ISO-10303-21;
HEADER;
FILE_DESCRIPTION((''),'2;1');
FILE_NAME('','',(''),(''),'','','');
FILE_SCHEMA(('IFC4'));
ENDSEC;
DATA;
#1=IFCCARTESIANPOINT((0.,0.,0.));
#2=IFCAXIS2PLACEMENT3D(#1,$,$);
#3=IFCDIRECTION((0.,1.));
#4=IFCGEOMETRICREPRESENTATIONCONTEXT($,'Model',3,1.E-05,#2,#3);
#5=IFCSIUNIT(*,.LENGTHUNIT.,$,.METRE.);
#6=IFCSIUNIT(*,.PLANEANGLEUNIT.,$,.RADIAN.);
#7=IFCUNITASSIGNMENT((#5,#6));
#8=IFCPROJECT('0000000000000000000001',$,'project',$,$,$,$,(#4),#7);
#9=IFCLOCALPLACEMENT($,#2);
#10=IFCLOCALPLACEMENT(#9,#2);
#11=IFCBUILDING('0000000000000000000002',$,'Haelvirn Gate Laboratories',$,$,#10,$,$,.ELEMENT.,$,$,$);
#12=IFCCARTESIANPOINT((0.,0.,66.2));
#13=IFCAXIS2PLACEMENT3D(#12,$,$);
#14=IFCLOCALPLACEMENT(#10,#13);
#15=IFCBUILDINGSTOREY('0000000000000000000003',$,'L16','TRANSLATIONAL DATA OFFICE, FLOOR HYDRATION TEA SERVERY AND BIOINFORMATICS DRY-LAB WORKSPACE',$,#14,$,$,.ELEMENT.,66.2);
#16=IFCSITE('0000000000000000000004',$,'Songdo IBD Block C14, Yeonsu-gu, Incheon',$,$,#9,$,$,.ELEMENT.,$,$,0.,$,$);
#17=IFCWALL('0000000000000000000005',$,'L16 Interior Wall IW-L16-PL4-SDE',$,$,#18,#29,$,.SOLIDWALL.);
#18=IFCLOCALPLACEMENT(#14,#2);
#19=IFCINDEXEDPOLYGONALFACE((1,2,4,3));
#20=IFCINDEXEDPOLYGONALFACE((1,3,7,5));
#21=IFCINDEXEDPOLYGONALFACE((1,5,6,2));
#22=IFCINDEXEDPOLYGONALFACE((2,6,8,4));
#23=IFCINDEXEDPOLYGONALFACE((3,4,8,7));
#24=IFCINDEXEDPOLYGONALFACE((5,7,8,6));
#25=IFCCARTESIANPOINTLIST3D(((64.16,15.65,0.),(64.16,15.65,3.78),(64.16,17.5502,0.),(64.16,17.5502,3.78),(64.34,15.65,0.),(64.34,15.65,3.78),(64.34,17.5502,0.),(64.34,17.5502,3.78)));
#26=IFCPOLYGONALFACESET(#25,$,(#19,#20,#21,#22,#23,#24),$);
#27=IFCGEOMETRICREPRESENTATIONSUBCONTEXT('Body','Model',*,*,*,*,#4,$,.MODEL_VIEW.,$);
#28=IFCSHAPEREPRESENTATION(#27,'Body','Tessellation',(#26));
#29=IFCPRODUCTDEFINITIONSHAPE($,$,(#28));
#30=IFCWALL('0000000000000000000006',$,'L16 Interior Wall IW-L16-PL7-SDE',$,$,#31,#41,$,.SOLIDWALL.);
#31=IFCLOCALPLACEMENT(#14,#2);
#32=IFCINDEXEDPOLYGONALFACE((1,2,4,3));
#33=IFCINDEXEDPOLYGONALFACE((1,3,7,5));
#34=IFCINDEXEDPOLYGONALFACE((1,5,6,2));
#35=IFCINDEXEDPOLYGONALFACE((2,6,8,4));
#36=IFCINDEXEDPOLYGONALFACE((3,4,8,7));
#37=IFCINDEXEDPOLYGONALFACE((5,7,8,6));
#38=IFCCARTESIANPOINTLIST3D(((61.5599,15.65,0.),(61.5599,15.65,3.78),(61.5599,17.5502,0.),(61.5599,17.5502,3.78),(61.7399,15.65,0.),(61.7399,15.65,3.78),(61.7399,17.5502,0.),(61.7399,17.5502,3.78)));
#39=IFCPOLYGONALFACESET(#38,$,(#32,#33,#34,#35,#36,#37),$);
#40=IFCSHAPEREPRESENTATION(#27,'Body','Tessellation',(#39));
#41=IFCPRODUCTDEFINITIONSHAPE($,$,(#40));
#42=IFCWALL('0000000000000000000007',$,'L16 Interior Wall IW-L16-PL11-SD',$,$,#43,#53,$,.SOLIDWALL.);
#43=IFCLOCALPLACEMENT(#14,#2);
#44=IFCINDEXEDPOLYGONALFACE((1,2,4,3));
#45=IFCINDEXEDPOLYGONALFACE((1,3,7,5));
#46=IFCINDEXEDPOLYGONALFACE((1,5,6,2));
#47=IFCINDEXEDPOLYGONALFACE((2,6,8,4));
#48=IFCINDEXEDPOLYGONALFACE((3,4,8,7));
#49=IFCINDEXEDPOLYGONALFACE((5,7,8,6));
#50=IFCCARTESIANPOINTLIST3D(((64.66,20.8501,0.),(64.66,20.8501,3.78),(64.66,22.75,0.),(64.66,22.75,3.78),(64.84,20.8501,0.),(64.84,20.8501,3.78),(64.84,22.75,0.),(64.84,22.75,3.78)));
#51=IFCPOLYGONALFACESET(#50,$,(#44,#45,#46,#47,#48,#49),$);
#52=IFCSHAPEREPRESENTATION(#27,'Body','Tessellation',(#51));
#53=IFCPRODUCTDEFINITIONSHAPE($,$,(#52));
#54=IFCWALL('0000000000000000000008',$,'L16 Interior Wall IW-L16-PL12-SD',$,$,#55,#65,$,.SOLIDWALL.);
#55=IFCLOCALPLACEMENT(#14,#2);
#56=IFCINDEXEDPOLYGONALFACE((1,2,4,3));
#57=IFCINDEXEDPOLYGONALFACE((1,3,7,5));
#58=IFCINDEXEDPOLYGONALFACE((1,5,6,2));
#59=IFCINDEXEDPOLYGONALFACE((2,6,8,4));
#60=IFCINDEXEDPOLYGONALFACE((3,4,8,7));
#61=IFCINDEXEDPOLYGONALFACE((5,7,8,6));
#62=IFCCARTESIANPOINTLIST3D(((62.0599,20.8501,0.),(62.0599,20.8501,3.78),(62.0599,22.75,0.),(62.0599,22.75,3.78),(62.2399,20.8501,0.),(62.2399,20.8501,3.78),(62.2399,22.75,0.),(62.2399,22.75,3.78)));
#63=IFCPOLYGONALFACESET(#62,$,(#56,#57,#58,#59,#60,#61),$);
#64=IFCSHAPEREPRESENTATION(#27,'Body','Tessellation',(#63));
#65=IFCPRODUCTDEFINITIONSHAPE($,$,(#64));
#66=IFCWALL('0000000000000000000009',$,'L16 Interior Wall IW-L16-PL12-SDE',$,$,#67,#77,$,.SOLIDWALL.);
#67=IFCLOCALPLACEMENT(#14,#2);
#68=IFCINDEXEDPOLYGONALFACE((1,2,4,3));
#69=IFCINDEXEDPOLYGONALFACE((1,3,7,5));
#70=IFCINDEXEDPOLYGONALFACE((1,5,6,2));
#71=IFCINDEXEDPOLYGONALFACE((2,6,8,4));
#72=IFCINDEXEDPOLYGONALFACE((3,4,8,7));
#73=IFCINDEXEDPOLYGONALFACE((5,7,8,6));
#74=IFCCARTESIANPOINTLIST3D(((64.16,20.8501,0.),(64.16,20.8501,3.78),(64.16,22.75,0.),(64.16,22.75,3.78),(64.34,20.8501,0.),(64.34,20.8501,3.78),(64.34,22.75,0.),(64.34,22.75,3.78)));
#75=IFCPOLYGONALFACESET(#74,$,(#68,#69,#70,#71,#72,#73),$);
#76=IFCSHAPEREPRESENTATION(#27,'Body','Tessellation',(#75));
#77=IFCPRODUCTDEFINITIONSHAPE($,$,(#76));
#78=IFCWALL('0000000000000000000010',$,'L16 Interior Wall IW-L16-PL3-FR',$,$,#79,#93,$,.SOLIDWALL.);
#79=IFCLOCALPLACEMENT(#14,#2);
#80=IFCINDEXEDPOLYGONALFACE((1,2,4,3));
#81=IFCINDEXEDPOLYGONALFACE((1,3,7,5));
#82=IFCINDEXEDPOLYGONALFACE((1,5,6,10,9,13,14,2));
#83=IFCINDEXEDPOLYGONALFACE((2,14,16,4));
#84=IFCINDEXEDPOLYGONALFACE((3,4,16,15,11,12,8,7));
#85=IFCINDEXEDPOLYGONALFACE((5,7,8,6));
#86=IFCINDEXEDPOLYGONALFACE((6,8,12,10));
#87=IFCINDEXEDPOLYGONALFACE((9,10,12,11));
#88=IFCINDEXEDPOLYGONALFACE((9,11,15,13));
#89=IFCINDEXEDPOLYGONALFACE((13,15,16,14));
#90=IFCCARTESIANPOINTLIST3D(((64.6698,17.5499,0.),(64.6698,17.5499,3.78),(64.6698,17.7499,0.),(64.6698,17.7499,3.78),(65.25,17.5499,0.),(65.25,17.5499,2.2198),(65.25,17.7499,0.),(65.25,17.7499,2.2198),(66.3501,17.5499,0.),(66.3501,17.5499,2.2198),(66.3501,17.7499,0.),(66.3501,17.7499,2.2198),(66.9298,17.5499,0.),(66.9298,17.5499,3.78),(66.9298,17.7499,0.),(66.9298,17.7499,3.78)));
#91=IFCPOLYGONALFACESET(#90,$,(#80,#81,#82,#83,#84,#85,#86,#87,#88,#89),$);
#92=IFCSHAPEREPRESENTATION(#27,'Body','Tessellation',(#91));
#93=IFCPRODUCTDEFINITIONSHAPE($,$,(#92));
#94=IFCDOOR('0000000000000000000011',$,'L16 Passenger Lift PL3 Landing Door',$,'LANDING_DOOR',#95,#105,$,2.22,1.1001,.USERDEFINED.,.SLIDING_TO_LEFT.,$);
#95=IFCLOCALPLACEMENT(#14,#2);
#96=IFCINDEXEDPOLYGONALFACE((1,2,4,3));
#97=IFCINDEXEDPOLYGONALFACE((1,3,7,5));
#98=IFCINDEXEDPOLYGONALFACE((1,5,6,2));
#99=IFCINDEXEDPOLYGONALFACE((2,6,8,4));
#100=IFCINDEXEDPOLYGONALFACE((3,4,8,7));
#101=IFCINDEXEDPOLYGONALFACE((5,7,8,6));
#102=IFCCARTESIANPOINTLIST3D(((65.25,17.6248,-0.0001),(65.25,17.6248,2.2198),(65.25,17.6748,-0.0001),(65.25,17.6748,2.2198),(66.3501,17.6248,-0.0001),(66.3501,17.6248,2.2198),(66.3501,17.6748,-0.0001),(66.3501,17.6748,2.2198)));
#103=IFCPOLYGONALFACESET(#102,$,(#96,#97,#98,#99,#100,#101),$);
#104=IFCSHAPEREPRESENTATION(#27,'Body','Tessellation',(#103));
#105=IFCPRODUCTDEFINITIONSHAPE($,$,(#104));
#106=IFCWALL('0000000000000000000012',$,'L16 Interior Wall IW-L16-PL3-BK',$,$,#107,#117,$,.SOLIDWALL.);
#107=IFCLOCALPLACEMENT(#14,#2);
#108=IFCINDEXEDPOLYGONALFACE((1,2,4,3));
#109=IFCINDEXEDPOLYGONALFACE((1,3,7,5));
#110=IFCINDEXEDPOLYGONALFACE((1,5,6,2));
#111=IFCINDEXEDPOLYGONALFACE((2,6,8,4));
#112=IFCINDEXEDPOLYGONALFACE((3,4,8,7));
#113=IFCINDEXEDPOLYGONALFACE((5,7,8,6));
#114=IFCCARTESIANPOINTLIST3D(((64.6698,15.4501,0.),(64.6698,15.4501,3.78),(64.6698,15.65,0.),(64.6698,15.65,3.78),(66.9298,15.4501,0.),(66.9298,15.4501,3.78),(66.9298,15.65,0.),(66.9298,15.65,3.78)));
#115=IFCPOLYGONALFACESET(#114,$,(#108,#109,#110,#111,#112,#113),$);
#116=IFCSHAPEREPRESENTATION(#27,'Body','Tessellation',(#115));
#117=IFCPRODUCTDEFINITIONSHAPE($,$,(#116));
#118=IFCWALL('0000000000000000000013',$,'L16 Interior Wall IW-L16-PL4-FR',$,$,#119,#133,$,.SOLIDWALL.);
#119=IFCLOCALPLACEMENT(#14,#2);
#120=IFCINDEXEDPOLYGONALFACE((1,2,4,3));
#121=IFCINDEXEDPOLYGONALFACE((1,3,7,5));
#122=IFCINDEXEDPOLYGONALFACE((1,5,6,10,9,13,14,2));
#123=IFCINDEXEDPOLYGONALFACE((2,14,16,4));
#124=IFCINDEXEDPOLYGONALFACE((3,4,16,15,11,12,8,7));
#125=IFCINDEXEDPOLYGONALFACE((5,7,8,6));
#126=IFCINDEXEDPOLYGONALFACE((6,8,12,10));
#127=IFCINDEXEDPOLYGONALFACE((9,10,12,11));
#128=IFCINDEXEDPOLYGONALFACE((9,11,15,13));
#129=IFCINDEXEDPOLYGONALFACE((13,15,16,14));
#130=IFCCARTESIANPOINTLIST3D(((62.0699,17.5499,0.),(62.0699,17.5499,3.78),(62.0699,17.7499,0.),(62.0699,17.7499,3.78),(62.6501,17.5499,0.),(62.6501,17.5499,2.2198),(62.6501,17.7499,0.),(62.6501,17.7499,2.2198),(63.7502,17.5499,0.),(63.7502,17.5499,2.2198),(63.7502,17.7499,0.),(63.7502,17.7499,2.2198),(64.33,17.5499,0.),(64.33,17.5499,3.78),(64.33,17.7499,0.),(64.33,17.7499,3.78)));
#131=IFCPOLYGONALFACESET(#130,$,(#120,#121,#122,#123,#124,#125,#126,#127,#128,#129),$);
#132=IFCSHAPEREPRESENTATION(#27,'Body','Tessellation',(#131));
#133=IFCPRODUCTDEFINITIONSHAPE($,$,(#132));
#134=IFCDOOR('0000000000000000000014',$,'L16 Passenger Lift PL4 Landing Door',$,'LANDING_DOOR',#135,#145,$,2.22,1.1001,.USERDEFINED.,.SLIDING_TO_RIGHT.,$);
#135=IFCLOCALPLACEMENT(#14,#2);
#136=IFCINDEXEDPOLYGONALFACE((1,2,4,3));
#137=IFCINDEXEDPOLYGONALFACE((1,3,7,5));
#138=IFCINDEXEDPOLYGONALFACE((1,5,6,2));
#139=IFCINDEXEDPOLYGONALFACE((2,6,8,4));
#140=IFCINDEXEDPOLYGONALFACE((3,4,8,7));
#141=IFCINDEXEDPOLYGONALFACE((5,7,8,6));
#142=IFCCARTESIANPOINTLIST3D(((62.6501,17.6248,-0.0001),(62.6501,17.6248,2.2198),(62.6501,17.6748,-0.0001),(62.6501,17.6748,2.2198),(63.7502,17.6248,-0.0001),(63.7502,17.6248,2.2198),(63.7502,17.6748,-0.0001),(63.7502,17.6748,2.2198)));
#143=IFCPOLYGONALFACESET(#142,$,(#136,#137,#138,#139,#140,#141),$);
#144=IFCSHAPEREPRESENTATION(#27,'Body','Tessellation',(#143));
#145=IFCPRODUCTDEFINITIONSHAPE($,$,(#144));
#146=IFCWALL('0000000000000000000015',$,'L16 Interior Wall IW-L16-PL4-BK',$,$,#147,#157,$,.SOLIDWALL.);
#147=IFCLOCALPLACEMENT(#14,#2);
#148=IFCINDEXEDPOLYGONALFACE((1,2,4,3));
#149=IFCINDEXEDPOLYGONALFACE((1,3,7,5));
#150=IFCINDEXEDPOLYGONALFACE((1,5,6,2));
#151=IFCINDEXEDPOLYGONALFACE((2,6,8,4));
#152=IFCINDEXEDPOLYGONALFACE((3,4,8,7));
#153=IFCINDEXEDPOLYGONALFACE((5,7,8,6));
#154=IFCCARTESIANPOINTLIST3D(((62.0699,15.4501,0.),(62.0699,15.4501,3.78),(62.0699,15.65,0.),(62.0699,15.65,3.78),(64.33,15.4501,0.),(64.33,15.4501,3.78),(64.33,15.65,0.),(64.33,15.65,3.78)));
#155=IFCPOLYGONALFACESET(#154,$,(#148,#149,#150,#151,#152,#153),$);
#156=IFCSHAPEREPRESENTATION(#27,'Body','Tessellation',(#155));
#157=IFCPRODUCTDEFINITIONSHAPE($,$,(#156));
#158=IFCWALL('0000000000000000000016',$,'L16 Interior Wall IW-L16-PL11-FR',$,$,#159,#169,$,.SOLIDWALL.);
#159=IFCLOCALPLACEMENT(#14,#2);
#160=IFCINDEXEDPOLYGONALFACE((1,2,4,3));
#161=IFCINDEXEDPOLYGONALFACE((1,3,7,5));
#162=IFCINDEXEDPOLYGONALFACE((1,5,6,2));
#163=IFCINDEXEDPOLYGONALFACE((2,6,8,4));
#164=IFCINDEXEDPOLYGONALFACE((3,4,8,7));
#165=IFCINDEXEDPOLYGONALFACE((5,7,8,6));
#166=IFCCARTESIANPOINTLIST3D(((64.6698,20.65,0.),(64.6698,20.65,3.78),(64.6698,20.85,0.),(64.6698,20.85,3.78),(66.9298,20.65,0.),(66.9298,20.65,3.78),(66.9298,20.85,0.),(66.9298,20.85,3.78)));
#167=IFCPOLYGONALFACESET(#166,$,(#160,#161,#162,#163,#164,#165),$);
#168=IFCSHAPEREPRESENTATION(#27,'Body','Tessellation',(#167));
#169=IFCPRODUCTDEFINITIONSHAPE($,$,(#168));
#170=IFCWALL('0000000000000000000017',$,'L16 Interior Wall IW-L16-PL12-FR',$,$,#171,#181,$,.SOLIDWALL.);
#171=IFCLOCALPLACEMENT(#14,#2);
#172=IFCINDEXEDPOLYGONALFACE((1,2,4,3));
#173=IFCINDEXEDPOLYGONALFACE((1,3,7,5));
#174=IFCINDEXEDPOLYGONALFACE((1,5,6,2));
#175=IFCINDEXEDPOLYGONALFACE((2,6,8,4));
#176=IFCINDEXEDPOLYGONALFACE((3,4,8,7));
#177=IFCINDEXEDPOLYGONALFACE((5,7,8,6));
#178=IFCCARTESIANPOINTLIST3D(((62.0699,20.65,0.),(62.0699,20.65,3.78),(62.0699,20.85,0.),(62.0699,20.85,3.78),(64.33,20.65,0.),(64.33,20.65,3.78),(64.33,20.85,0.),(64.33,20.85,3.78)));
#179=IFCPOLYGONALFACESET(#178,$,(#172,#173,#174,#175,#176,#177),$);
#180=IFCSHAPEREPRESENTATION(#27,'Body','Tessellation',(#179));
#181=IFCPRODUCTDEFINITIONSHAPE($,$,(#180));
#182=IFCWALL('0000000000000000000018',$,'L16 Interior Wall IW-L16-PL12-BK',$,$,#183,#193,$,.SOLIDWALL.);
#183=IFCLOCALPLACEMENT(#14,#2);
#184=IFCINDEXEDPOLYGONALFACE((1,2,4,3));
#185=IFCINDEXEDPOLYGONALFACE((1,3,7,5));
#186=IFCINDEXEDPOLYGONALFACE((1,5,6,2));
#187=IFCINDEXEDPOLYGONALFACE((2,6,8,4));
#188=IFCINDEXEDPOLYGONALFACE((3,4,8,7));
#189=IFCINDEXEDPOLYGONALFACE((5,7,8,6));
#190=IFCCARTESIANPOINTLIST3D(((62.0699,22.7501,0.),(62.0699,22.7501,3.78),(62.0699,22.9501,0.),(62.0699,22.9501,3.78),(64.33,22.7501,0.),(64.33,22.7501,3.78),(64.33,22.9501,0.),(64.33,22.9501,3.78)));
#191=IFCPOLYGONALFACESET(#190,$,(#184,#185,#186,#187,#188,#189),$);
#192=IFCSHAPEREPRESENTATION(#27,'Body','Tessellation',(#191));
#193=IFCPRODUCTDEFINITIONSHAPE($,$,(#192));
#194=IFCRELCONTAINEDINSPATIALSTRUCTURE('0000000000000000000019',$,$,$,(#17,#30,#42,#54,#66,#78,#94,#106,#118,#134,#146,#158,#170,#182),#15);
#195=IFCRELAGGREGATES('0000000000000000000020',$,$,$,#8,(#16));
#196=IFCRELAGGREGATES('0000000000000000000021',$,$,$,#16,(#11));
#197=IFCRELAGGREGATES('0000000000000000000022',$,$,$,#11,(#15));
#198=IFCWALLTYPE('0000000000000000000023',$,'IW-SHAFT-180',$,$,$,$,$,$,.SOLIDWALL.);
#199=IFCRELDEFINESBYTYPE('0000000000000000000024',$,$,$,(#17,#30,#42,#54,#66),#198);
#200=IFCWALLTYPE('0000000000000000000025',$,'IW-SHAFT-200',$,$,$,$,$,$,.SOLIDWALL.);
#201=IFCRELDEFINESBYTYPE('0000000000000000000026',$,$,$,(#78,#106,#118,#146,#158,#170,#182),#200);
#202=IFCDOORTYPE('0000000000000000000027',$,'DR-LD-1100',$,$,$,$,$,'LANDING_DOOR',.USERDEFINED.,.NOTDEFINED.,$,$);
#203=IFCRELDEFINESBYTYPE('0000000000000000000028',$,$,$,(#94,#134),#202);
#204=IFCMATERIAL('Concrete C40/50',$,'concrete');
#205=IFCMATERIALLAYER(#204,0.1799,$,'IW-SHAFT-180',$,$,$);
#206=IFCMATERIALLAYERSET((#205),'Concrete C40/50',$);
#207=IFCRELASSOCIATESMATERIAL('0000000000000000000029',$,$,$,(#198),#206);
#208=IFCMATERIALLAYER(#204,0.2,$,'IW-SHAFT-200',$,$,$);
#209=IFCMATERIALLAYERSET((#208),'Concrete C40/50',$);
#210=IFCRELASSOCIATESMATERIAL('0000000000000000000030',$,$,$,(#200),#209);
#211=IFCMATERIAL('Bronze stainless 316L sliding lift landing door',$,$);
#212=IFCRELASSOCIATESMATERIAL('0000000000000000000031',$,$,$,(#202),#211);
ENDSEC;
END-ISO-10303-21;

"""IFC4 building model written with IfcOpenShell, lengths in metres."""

from ifc_helpers import new_model, si_unit, direction, frame, frame_2d, origin, place, context, subcontext, project, spatial, rectangle, extrude, source, transform, mapped, material, layer, layer_set, type_object, type_shapes, element, fill, save


model = new_model("IFC4")

# Units and contexts
model_context = context("Model", 3, precision=1e-05, world=origin(), true_north=direction((0.0, 1.0)))
body_context = subcontext(model_context, "Body", "Model", "MODEL_VIEW")
ifc_project = project(units=[si_unit("LENGTHUNIT", "METRE"), si_unit("PLANEANGLEUNIT", "RADIAN")], contexts=[model_context])

# Site, building, storey
site_placement = place(None, origin())
site = spatial("IfcSite", under=ifc_project, at=site_placement, Name="Songdo IBD Block C14, Yeonsu-gu, Incheon", CompositionType="ELEMENT", RefElevation=0.0)
building_placement = place(site_placement, origin())
building = spatial("IfcBuilding", under=site, at=building_placement, Name="Haelvirn Gate Laboratories", CompositionType="ELEMENT")
storey_placement = place(building_placement, frame((0.0, 0.0, 66.2)))
storey = spatial("IfcBuildingStorey", under=building, at=storey_placement, Name="L16", Description="TRANSLATIONAL DATA OFFICE, FLOOR HYDRATION TEA SERVERY AND BIOINFORMATICS DRY-LAB WORKSPACE", CompositionType="ELEMENT", Elevation=66.2)

# Walls
ifc_material_1 = material(Name="Concrete C40/50", Category="concrete")
ifc_layer_1 = layer(ifc_material_1, 0.1799, Name="IW-SHAFT-180")
ifc_layer_set_1 = layer_set([ifc_layer_1], Name="Concrete C40/50")
wall_type_1 = type_object("IfcWallType", Name="IW-SHAFT-180", PredefinedType="SOLIDWALL", material=ifc_layer_set_1)
for number, where, z_axis, x_axis, name in (
    (1, (64.25, 15.6499, 0.0), (0.0, 0.0, 1.0), (0.0, 1.0, 0.0), "L16 Interior Wall IW-L16-PL4-SDE"),
    (2, (61.6499, 15.6499, 0.0), (0.0, 0.0, 1.0), (0.0, 1.0, 0.0), "L16 Interior Wall IW-L16-PL7-SDE"),
):
    element("IfcWall", number, at=place(storey_placement, frame(where, z_axis=z_axis, x_axis=x_axis)), inside=storey, type_object=wall_type_1, Name=name, PredefinedType="SOLIDWALL", context=body_context, shape_type="SweptSolid", body=[
        extrude(rectangle(XDim=1.9001, YDim=0.1799, at=frame_2d((0.9502, 0.0))), origin(), (0.0, 0.0, 1.0), 3.78),
    ])
for number, where, z_axis, x_axis, name in (
    (3, (64.75, 20.8501, 0.0), (0.0, 0.0, 1.0), (0.0, 1.0, 0.0), "L16 Interior Wall IW-L16-PL11-SD"),
    (4, (62.1499, 20.8501, 0.0), (0.0, 0.0, 1.0), (0.0, 1.0, 0.0), "L16 Interior Wall IW-L16-PL12-SD"),
    (5, (64.25, 20.8501, 0.0), (0.0, 0.0, 1.0), (0.0, 1.0, 0.0), "L16 Interior Wall IW-L16-PL12-SDE"),
):
    element("IfcWall", number, at=place(storey_placement, frame(where, z_axis=z_axis, x_axis=x_axis)), inside=storey, type_object=wall_type_1, Name=name, PredefinedType="SOLIDWALL", context=body_context, shape_type="SweptSolid", body=[
        extrude(rectangle(XDim=1.8999, YDim=0.1799, at=frame_2d((0.95, 0.0))), origin(), (0.0, 0.0, 1.0), 3.78),
    ])

# Wall, opening, door
ifc_layer_2 = layer(ifc_material_1, 0.2, Name="IW-SHAFT-200")
ifc_layer_set_2 = layer_set([ifc_layer_2], Name="Concrete C40/50")
wall_type_2 = type_object("IfcWallType", Name="IW-SHAFT-200", PredefinedType="SOLIDWALL", material=ifc_layer_set_2)
wall_1_placement = place(storey_placement, frame((64.6699, 17.6499, 0.0), z_axis=(0.0, 0.0, 1.0), x_axis=(1.0, 0.0, 0.0)))
wall_1 = element("IfcWall", 6, at=wall_1_placement, inside=storey, type_object=wall_type_2, Name="L16 Interior Wall IW-L16-PL3-FR", PredefinedType="SOLIDWALL", context=body_context, shape_type="SweptSolid", body=[
    extrude(rectangle(XDim=2.26, YDim=0.2, at=frame_2d((1.1299, 0.0))), origin(), (0.0, 0.0, 1.0), 3.78),
])
opening_1_placement = place(wall_1_placement, frame((0.5801, 0.0, 0.0)))
opening_1 = element("IfcOpeningElement", 7, at=opening_1_placement, cuts=wall_1, PredefinedType="OPENING", context=body_context, shape_type="SweptSolid", body=[
    extrude(rectangle(XDim=1.1001, YDim=2.22, at=frame_2d((0.55, 1.1099))), frame((0.0, 0.1099, 0.0), z_axis=(0.0, -1.0, 0.0), x_axis=(1.0, 0.0, 0.0)), (0.0, 0.0, 1.0), 0.22),
])
ifc_material_2 = material(Name="Bronze stainless 316L sliding lift landing door")
door_type_1 = type_object("IfcDoorType", Name="DR-LD-1100", ElementType="LANDING_DOOR", OperationType="NOTDEFINED", PredefinedType="USERDEFINED", material=ifc_material_2)
shared_shape_1 = source(origin(), body_context, "Body", "SweptSolid", [
    extrude(rectangle(XDim=1.1001, YDim=2.22, at=frame_2d((0.55, 1.1099))), frame((0.0, 0.0249, 0.0), z_axis=(0.0, -1.0, 0.0), x_axis=(1.0, 0.0, 0.0)), (0.0, 0.0, 1.0), 0.05),
])
type_shapes(door_type_1, [shared_shape_1])
door_1_placement = place(opening_1_placement, origin())
door_1 = element("IfcDoor", 8, at=door_1_placement, inside=storey, type_object=door_type_1, Name="L16 Passenger Lift PL3 Landing Door", ObjectType="LANDING_DOOR", OperationType="SLIDING_TO_LEFT", OverallHeight=2.22, OverallWidth=1.1001, PredefinedType="USERDEFINED", context=body_context, shape_type="MappedRepresentation", body=[
    mapped(shared_shape_1, transform((0.0, 0.0, 0.0), scale=1.0)),
])
fill(opening_1, door_1)

# Wall
wall_2_placement = place(storey_placement, frame((64.6699, 15.55, 0.0), z_axis=(0.0, 0.0, 1.0), x_axis=(1.0, 0.0, 0.0)))
element("IfcWall", 9, at=wall_2_placement, inside=storey, type_object=wall_type_2, Name="L16 Interior Wall IW-L16-PL3-BK", PredefinedType="SOLIDWALL", context=body_context, shape_type="SweptSolid", body=[
    extrude(rectangle(XDim=2.26, YDim=0.2, at=frame_2d((1.1299, 0.0))), origin(), (0.0, 0.0, 1.0), 3.78),
])

# Wall, opening, door
wall_3_placement = place(storey_placement, frame((62.0701, 17.6499, 0.0), z_axis=(0.0, 0.0, 1.0), x_axis=(1.0, 0.0, 0.0)))
wall_3 = element("IfcWall", 10, at=wall_3_placement, inside=storey, type_object=wall_type_2, Name="L16 Interior Wall IW-L16-PL4-FR", PredefinedType="SOLIDWALL", context=body_context, shape_type="SweptSolid", body=[
    extrude(rectangle(XDim=2.26, YDim=0.2, at=frame_2d((1.1299, 0.0))), origin(), (0.0, 0.0, 1.0), 3.78),
])
opening_2_placement = place(wall_3_placement, frame((0.5801, 0.0, 0.0)))
opening_2 = element("IfcOpeningElement", 11, at=opening_2_placement, cuts=wall_3, PredefinedType="OPENING", context=body_context, shape_type="SweptSolid", body=[
    extrude(rectangle(XDim=1.1001, YDim=2.22, at=frame_2d((0.55, 1.1099))), frame((0.0, 0.1099, 0.0), z_axis=(0.0, -1.0, 0.0), x_axis=(1.0, 0.0, 0.0)), (0.0, 0.0, 1.0), 0.22),
])
door_2_placement = place(opening_2_placement, origin())
door_2 = element("IfcDoor", 12, at=door_2_placement, inside=storey, type_object=door_type_1, Name="L16 Passenger Lift PL4 Landing Door", ObjectType="LANDING_DOOR", OperationType="SLIDING_TO_RIGHT", OverallHeight=2.22, OverallWidth=1.1001, PredefinedType="USERDEFINED", context=body_context, shape_type="MappedRepresentation", body=[
    mapped(shared_shape_1, transform((0.0, 0.0, 0.0), scale=1.0)),
])
fill(opening_2, door_2)

# Walls
for number, where, z_axis, x_axis, name in (
    (13, (62.0701, 15.55, 0.0), (0.0, 0.0, 1.0), (1.0, 0.0, 0.0), "L16 Interior Wall IW-L16-PL4-BK"),
    (14, (64.6699, 20.75, 0.0), (0.0, 0.0, 1.0), (1.0, 0.0, 0.0), "L16 Interior Wall IW-L16-PL11-FR"),
    (15, (62.0701, 20.75, 0.0), (0.0, 0.0, 1.0), (1.0, 0.0, 0.0), "L16 Interior Wall IW-L16-PL12-FR"),
    (16, (62.0701, 22.8501, 0.0), (0.0, 0.0, 1.0), (1.0, 0.0, 0.0), "L16 Interior Wall IW-L16-PL12-BK"),
):
    element("IfcWall", number, at=place(storey_placement, frame(where, z_axis=z_axis, x_axis=x_axis)), inside=storey, type_object=wall_type_2, Name=name, PredefinedType="SOLIDWALL", context=body_context, shape_type="SweptSolid", body=[
        extrude(rectangle(XDim=2.26, YDim=0.2, at=frame_2d((1.1299, 0.0))), origin(), (0.0, 0.0, 1.0), 3.78),
    ])

save(model, "model.ifc")
